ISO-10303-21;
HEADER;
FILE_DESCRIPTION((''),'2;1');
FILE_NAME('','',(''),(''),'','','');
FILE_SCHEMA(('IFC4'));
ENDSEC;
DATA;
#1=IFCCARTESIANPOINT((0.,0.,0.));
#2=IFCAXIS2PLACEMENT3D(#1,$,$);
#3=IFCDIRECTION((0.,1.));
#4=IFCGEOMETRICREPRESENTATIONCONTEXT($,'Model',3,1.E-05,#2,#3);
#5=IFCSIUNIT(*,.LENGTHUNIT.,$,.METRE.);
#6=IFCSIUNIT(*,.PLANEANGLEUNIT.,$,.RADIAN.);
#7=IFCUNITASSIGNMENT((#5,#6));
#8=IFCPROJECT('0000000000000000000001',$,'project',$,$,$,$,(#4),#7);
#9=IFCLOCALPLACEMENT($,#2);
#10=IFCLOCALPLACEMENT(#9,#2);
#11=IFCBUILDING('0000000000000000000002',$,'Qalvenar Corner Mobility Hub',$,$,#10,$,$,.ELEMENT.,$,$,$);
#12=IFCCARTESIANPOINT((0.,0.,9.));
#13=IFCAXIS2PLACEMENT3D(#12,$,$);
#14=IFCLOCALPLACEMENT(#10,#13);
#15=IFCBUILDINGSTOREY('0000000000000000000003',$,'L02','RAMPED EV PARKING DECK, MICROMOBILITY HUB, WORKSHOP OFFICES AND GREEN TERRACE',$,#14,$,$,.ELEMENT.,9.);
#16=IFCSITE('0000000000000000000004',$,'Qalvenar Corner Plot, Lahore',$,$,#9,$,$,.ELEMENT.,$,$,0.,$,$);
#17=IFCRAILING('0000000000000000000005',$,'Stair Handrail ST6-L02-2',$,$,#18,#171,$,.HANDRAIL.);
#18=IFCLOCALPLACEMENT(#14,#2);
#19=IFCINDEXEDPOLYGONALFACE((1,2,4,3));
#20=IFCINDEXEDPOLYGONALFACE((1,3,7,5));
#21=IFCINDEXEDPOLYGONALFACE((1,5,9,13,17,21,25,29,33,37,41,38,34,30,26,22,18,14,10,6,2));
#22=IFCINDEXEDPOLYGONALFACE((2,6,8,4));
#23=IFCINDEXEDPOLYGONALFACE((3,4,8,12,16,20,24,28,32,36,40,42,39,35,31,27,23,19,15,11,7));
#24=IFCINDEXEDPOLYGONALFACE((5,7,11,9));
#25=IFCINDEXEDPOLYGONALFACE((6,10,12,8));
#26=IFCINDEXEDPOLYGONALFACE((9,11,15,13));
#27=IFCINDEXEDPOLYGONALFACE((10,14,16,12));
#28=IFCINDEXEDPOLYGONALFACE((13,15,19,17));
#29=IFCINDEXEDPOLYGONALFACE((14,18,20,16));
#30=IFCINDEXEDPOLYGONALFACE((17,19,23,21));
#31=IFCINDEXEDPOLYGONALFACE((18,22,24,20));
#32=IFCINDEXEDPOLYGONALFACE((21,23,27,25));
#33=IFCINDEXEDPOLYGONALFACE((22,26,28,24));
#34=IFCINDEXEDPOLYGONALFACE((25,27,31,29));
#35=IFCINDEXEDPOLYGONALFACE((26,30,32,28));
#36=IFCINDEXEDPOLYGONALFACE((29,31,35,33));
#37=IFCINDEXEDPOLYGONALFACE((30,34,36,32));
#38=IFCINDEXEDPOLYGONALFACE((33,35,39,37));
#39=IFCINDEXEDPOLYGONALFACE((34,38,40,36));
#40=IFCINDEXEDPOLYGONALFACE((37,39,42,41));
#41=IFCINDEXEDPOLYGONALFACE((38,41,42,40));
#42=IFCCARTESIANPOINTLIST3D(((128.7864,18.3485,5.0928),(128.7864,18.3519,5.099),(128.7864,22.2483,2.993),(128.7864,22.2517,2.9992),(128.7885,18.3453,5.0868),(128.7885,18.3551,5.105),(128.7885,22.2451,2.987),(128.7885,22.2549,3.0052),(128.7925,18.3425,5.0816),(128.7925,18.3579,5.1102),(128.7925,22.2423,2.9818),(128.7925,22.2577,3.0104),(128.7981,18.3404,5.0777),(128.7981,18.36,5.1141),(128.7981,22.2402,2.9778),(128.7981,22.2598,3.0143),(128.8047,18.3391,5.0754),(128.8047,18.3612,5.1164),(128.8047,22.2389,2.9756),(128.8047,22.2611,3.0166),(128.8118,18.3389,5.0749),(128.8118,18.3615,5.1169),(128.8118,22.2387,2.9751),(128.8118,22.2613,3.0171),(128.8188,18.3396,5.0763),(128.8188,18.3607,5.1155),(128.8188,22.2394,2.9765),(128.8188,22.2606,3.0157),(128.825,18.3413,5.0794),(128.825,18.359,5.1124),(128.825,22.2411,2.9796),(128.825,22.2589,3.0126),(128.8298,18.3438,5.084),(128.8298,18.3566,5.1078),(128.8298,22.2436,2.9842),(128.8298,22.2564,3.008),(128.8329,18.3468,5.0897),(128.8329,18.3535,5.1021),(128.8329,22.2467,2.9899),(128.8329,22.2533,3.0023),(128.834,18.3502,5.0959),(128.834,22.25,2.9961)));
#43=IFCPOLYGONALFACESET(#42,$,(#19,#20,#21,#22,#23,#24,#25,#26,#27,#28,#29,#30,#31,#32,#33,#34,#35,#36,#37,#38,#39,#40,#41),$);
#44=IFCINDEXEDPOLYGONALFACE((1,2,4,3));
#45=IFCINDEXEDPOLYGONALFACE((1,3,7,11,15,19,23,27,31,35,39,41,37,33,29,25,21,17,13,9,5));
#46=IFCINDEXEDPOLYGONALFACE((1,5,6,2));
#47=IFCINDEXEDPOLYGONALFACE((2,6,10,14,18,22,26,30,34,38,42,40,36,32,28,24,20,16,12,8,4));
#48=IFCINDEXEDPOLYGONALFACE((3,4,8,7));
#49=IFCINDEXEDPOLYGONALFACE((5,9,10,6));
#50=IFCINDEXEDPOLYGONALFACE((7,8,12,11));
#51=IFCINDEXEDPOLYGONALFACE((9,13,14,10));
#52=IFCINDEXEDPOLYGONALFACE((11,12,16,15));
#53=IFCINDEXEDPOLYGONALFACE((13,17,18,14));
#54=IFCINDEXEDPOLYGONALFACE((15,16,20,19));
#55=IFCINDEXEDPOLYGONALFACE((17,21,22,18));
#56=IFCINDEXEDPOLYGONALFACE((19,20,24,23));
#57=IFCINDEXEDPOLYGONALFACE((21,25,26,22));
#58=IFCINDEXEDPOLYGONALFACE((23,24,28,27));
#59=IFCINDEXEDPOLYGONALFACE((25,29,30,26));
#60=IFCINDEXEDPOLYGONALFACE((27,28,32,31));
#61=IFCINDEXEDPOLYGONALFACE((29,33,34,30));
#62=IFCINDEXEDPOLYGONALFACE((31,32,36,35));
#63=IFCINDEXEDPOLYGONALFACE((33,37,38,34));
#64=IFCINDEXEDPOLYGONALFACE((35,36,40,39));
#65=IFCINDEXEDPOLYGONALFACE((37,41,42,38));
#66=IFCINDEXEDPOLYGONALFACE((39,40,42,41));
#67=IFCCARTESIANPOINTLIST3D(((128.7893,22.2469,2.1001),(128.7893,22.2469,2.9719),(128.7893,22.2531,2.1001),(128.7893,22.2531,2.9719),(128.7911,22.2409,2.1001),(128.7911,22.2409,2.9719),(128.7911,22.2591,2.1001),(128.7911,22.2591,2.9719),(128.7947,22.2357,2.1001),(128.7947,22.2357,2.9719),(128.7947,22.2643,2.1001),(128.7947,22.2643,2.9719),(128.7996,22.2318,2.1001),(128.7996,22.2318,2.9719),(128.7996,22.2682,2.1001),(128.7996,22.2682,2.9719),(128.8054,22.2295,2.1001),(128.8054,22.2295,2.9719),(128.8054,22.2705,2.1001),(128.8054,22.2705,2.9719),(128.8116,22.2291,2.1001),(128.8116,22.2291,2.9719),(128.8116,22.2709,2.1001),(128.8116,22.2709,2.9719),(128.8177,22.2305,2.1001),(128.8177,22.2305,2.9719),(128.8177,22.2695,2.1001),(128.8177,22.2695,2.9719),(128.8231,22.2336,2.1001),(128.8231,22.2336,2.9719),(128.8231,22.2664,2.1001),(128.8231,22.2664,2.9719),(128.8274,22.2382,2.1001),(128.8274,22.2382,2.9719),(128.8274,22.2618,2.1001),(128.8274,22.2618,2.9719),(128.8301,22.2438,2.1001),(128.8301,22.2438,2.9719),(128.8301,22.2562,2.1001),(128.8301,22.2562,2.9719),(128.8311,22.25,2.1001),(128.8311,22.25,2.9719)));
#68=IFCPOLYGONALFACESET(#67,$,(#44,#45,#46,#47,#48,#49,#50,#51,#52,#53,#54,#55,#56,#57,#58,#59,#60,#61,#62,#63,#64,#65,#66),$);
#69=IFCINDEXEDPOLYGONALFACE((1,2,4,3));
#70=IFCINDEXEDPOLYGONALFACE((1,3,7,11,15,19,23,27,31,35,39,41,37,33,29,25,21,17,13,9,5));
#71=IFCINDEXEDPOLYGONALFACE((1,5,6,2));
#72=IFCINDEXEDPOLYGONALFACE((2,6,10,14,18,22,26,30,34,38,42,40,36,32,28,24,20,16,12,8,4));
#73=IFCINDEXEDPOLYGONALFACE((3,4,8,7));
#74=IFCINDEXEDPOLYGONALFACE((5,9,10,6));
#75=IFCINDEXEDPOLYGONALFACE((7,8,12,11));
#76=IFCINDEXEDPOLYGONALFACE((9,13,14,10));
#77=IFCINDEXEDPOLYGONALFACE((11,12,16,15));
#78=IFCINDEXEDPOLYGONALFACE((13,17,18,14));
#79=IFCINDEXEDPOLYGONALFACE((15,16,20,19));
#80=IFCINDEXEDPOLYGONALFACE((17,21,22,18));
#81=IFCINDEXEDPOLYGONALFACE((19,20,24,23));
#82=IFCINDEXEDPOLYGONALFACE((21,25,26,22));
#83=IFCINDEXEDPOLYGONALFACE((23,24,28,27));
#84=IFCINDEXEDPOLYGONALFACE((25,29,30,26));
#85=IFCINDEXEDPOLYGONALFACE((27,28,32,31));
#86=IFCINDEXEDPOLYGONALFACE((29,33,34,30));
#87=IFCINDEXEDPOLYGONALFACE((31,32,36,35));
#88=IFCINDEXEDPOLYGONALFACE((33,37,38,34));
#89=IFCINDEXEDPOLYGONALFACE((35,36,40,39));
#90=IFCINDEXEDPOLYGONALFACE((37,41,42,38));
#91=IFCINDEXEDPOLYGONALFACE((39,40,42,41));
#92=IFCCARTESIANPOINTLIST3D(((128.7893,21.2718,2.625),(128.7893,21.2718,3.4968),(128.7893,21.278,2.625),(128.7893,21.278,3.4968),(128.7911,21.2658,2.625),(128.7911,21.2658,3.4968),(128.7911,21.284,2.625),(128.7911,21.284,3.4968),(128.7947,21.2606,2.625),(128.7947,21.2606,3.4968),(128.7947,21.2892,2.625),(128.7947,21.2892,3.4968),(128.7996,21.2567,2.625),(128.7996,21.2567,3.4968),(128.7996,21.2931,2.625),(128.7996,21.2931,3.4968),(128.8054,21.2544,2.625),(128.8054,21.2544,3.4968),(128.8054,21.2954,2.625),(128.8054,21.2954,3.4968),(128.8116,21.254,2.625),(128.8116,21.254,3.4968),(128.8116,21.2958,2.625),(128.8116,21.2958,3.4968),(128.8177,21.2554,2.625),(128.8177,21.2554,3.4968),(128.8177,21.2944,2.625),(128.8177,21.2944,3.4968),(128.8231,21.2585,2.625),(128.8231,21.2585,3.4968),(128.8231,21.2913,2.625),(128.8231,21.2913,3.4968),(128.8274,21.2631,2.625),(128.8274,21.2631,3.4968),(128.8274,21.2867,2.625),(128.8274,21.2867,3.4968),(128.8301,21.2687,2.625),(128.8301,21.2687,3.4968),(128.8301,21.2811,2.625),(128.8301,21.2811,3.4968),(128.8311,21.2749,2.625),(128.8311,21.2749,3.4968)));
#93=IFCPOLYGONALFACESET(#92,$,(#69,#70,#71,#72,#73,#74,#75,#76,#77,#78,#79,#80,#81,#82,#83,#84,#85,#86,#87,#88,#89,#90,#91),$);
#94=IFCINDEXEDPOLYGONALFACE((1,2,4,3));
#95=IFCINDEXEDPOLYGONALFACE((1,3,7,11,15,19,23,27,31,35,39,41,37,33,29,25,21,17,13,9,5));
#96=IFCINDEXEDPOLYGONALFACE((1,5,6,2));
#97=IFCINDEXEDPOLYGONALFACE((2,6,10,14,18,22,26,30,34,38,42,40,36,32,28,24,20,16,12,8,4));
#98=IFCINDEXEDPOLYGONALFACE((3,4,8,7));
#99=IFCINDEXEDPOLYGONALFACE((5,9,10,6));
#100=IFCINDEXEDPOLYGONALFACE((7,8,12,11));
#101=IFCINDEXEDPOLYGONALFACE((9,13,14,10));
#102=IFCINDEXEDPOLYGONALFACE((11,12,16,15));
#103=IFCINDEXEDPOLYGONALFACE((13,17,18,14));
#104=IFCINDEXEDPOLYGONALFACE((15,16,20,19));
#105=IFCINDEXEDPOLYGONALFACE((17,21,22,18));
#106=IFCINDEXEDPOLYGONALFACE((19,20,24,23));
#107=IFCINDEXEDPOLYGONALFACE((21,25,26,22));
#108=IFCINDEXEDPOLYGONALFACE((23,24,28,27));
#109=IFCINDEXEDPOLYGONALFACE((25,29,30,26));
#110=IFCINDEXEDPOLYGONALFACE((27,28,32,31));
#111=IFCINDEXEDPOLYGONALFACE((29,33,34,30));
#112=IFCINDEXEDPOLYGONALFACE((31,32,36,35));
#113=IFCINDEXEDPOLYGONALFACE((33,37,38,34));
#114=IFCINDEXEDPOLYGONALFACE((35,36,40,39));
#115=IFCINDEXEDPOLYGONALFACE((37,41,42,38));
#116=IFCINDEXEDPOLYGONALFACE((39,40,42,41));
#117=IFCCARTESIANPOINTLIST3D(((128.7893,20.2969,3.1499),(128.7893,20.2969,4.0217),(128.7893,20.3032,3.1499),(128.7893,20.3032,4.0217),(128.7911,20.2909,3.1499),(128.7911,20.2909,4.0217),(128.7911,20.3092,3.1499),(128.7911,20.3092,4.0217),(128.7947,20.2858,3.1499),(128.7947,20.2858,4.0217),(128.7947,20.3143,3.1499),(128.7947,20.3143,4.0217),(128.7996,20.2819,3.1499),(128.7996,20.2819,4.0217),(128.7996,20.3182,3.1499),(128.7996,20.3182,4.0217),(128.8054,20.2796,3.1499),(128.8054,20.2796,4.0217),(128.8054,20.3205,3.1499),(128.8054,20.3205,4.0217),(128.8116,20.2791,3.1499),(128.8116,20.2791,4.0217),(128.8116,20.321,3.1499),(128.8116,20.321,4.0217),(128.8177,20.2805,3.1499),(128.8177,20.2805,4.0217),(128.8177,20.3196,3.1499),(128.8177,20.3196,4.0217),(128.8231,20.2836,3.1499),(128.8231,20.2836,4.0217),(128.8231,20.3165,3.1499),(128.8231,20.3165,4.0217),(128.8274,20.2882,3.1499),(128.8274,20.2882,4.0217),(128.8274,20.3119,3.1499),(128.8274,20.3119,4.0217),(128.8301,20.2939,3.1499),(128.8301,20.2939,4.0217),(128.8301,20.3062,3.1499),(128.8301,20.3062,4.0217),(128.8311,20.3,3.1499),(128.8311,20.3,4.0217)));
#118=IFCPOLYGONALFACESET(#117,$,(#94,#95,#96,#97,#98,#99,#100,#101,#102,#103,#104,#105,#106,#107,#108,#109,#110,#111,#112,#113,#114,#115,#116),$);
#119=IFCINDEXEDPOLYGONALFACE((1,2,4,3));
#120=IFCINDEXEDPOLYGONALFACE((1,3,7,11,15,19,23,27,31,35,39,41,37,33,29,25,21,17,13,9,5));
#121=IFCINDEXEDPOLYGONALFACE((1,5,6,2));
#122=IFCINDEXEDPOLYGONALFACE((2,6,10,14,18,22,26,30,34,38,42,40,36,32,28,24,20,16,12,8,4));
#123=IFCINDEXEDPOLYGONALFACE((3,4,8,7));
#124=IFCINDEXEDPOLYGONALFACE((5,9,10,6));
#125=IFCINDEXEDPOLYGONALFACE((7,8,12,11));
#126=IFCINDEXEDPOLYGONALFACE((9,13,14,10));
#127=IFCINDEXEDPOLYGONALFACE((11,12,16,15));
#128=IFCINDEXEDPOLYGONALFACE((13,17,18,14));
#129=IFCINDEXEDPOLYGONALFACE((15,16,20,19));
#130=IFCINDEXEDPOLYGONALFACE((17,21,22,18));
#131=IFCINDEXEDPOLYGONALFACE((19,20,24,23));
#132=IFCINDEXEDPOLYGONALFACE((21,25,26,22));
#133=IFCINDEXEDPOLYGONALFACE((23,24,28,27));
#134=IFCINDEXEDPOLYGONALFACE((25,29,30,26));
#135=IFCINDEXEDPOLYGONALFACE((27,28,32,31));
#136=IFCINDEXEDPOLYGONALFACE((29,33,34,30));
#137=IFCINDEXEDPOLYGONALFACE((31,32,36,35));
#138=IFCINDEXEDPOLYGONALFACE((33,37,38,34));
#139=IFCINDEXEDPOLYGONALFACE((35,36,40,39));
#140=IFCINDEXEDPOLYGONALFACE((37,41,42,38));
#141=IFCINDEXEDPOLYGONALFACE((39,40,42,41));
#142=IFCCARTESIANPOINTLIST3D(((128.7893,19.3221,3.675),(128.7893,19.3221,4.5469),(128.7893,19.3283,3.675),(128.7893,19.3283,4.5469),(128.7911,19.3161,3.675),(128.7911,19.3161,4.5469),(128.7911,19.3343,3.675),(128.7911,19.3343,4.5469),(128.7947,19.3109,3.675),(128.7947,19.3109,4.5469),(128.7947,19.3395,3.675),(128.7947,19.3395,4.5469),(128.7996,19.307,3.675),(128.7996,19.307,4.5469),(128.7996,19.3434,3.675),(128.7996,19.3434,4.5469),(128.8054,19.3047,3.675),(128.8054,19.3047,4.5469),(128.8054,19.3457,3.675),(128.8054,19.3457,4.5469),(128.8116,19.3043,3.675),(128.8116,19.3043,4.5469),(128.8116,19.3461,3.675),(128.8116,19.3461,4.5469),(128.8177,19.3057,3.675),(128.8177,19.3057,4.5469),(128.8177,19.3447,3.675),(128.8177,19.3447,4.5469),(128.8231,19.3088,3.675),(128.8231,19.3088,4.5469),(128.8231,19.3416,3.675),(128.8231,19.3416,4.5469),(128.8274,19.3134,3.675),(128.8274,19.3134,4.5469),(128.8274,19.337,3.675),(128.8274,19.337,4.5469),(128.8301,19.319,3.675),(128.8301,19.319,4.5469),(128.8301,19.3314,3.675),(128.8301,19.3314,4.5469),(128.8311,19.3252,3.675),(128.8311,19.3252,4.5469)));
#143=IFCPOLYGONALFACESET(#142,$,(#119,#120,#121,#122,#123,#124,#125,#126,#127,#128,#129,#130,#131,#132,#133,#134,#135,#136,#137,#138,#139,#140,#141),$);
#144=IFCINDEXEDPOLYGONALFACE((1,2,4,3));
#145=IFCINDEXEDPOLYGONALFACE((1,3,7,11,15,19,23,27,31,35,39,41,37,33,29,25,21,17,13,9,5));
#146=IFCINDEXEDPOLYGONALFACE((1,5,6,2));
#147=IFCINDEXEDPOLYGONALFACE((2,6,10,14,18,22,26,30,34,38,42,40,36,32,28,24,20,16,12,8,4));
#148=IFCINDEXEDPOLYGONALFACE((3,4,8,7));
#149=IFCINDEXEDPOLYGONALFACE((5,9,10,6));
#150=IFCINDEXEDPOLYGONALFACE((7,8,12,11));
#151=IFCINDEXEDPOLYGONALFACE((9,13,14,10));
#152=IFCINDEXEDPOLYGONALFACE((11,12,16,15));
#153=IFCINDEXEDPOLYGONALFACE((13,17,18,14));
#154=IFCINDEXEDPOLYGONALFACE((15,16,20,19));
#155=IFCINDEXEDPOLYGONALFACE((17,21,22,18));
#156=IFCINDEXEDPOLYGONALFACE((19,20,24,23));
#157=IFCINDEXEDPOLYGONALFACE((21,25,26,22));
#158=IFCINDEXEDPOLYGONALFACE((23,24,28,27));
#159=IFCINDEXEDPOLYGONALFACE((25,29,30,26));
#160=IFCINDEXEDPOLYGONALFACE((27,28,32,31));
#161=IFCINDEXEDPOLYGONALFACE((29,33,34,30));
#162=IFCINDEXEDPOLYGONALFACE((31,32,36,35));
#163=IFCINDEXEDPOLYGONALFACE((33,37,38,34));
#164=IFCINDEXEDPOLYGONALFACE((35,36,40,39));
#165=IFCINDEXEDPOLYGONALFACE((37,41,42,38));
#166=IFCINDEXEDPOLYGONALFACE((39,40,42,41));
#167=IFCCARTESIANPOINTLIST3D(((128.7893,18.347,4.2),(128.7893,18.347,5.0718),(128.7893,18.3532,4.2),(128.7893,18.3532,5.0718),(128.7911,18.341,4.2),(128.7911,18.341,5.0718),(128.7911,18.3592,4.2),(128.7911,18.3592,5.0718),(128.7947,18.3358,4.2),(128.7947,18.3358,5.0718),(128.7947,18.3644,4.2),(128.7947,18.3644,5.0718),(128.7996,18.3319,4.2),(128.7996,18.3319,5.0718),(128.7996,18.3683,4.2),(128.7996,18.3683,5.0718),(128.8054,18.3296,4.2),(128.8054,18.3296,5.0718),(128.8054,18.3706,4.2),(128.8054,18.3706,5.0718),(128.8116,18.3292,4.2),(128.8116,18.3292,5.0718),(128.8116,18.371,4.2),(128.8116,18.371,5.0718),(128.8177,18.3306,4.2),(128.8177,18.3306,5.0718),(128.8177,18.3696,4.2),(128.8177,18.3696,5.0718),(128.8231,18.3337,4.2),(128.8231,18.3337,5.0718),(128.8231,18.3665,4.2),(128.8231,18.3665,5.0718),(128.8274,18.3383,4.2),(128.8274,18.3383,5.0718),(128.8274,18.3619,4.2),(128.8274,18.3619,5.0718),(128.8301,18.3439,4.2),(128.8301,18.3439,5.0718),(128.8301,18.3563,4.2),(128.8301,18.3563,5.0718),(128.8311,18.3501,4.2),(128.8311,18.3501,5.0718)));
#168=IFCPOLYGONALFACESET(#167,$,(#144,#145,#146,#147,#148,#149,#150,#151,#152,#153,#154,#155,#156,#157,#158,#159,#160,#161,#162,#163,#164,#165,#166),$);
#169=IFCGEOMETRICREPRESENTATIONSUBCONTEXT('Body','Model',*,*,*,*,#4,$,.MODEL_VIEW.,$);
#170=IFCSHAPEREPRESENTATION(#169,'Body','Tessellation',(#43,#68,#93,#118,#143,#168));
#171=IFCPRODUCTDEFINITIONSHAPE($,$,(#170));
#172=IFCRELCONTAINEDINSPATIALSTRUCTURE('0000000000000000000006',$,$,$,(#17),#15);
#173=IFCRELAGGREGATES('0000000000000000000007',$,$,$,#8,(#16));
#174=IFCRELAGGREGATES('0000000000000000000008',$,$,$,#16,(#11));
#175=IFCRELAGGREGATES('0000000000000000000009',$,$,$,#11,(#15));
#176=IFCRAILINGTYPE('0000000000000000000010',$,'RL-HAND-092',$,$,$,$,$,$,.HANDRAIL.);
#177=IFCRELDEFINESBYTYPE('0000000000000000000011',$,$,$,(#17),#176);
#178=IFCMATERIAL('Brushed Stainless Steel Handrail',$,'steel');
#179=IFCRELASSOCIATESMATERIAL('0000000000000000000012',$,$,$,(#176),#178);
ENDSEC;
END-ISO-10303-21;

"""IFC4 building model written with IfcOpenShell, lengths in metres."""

from ifc_helpers import new_model, si_unit, direction, frame, origin, origin_2d, place, context, subcontext, project, spatial, circle, extrude, material, type_object, element, save


model = new_model("IFC4")

# Units and contexts
model_context = context("Model", 3, precision=1e-05, world=origin(), true_north=direction((0.0, 1.0)))
body_context = subcontext(model_context, "Body", "Model", "MODEL_VIEW")
ifc_project = project(units=[si_unit("LENGTHUNIT", "METRE"), si_unit("PLANEANGLEUNIT", "RADIAN")], contexts=[model_context])

# Site, building, storey
site_placement = place(None, origin())
site = spatial("IfcSite", under=ifc_project, at=site_placement, Name="Qalvenar Corner Plot, Lahore", CompositionType="ELEMENT", RefElevation=0.0)
building_placement = place(site_placement, origin())
building = spatial("IfcBuilding", under=site, at=building_placement, Name="Qalvenar Corner Mobility Hub", CompositionType="ELEMENT")
storey_placement = place(building_placement, frame((0.0, 0.0, 9.0)))
storey = spatial("IfcBuildingStorey", under=building, at=storey_placement, Name="L02", Description="RAMPED EV PARKING DECK, MICROMOBILITY HUB, WORKSHOP OFFICES AND GREEN TERRACE", CompositionType="ELEMENT", Elevation=9.0)

# Railing
ifc_material_1 = material(Name="Brushed Stainless Steel Handrail", Category="steel")
railing_type_1 = type_object("IfcRailingType", Name="RL-HAND-092", PredefinedType="HANDRAIL", material=ifc_material_1)
railing_1_placement = place(storey_placement, frame((128.8101, 22.25, 2.1001)))
element("IfcRailing", 1, at=railing_1_placement, inside=storey, type_object=railing_type_1, Name="Stair Handrail ST6-L02-2", PredefinedType="HANDRAIL", context=body_context, shape_type="SweptSolid", body=[
    extrude(circle(Radius=0.0239, at=origin_2d()), frame((0.0, 0.0, 0.896), z_axis=(0.0, -0.88048, 0.474083), x_axis=(1.0, 0.0, 0.0)), (0.0, 0.0, 1.0), 4.4292),
    extrude(circle(Radius=0.021, at=origin_2d()), origin(), (0.0, 0.0, 1.0), 0.8718),
    extrude(circle(Radius=0.021, at=origin_2d()), frame((0.0, -0.9751, 0.5249)), (0.0, 0.0, 1.0), 0.8718),
    extrude(circle(Radius=0.021, at=origin_2d()), frame((0.0, -1.95, 1.0498)), (0.0, 0.0, 1.0), 0.8718),
    extrude(circle(Radius=0.021, at=origin_2d()), frame((0.0, -2.9248, 1.575)), (0.0, 0.0, 1.0), 0.8718),
    extrude(circle(Radius=0.021, at=origin_2d()), frame((0.0, -3.8999, 2.0999)), (0.0, 0.0, 1.0), 0.8718),
])

save(model, "model.ifc")
